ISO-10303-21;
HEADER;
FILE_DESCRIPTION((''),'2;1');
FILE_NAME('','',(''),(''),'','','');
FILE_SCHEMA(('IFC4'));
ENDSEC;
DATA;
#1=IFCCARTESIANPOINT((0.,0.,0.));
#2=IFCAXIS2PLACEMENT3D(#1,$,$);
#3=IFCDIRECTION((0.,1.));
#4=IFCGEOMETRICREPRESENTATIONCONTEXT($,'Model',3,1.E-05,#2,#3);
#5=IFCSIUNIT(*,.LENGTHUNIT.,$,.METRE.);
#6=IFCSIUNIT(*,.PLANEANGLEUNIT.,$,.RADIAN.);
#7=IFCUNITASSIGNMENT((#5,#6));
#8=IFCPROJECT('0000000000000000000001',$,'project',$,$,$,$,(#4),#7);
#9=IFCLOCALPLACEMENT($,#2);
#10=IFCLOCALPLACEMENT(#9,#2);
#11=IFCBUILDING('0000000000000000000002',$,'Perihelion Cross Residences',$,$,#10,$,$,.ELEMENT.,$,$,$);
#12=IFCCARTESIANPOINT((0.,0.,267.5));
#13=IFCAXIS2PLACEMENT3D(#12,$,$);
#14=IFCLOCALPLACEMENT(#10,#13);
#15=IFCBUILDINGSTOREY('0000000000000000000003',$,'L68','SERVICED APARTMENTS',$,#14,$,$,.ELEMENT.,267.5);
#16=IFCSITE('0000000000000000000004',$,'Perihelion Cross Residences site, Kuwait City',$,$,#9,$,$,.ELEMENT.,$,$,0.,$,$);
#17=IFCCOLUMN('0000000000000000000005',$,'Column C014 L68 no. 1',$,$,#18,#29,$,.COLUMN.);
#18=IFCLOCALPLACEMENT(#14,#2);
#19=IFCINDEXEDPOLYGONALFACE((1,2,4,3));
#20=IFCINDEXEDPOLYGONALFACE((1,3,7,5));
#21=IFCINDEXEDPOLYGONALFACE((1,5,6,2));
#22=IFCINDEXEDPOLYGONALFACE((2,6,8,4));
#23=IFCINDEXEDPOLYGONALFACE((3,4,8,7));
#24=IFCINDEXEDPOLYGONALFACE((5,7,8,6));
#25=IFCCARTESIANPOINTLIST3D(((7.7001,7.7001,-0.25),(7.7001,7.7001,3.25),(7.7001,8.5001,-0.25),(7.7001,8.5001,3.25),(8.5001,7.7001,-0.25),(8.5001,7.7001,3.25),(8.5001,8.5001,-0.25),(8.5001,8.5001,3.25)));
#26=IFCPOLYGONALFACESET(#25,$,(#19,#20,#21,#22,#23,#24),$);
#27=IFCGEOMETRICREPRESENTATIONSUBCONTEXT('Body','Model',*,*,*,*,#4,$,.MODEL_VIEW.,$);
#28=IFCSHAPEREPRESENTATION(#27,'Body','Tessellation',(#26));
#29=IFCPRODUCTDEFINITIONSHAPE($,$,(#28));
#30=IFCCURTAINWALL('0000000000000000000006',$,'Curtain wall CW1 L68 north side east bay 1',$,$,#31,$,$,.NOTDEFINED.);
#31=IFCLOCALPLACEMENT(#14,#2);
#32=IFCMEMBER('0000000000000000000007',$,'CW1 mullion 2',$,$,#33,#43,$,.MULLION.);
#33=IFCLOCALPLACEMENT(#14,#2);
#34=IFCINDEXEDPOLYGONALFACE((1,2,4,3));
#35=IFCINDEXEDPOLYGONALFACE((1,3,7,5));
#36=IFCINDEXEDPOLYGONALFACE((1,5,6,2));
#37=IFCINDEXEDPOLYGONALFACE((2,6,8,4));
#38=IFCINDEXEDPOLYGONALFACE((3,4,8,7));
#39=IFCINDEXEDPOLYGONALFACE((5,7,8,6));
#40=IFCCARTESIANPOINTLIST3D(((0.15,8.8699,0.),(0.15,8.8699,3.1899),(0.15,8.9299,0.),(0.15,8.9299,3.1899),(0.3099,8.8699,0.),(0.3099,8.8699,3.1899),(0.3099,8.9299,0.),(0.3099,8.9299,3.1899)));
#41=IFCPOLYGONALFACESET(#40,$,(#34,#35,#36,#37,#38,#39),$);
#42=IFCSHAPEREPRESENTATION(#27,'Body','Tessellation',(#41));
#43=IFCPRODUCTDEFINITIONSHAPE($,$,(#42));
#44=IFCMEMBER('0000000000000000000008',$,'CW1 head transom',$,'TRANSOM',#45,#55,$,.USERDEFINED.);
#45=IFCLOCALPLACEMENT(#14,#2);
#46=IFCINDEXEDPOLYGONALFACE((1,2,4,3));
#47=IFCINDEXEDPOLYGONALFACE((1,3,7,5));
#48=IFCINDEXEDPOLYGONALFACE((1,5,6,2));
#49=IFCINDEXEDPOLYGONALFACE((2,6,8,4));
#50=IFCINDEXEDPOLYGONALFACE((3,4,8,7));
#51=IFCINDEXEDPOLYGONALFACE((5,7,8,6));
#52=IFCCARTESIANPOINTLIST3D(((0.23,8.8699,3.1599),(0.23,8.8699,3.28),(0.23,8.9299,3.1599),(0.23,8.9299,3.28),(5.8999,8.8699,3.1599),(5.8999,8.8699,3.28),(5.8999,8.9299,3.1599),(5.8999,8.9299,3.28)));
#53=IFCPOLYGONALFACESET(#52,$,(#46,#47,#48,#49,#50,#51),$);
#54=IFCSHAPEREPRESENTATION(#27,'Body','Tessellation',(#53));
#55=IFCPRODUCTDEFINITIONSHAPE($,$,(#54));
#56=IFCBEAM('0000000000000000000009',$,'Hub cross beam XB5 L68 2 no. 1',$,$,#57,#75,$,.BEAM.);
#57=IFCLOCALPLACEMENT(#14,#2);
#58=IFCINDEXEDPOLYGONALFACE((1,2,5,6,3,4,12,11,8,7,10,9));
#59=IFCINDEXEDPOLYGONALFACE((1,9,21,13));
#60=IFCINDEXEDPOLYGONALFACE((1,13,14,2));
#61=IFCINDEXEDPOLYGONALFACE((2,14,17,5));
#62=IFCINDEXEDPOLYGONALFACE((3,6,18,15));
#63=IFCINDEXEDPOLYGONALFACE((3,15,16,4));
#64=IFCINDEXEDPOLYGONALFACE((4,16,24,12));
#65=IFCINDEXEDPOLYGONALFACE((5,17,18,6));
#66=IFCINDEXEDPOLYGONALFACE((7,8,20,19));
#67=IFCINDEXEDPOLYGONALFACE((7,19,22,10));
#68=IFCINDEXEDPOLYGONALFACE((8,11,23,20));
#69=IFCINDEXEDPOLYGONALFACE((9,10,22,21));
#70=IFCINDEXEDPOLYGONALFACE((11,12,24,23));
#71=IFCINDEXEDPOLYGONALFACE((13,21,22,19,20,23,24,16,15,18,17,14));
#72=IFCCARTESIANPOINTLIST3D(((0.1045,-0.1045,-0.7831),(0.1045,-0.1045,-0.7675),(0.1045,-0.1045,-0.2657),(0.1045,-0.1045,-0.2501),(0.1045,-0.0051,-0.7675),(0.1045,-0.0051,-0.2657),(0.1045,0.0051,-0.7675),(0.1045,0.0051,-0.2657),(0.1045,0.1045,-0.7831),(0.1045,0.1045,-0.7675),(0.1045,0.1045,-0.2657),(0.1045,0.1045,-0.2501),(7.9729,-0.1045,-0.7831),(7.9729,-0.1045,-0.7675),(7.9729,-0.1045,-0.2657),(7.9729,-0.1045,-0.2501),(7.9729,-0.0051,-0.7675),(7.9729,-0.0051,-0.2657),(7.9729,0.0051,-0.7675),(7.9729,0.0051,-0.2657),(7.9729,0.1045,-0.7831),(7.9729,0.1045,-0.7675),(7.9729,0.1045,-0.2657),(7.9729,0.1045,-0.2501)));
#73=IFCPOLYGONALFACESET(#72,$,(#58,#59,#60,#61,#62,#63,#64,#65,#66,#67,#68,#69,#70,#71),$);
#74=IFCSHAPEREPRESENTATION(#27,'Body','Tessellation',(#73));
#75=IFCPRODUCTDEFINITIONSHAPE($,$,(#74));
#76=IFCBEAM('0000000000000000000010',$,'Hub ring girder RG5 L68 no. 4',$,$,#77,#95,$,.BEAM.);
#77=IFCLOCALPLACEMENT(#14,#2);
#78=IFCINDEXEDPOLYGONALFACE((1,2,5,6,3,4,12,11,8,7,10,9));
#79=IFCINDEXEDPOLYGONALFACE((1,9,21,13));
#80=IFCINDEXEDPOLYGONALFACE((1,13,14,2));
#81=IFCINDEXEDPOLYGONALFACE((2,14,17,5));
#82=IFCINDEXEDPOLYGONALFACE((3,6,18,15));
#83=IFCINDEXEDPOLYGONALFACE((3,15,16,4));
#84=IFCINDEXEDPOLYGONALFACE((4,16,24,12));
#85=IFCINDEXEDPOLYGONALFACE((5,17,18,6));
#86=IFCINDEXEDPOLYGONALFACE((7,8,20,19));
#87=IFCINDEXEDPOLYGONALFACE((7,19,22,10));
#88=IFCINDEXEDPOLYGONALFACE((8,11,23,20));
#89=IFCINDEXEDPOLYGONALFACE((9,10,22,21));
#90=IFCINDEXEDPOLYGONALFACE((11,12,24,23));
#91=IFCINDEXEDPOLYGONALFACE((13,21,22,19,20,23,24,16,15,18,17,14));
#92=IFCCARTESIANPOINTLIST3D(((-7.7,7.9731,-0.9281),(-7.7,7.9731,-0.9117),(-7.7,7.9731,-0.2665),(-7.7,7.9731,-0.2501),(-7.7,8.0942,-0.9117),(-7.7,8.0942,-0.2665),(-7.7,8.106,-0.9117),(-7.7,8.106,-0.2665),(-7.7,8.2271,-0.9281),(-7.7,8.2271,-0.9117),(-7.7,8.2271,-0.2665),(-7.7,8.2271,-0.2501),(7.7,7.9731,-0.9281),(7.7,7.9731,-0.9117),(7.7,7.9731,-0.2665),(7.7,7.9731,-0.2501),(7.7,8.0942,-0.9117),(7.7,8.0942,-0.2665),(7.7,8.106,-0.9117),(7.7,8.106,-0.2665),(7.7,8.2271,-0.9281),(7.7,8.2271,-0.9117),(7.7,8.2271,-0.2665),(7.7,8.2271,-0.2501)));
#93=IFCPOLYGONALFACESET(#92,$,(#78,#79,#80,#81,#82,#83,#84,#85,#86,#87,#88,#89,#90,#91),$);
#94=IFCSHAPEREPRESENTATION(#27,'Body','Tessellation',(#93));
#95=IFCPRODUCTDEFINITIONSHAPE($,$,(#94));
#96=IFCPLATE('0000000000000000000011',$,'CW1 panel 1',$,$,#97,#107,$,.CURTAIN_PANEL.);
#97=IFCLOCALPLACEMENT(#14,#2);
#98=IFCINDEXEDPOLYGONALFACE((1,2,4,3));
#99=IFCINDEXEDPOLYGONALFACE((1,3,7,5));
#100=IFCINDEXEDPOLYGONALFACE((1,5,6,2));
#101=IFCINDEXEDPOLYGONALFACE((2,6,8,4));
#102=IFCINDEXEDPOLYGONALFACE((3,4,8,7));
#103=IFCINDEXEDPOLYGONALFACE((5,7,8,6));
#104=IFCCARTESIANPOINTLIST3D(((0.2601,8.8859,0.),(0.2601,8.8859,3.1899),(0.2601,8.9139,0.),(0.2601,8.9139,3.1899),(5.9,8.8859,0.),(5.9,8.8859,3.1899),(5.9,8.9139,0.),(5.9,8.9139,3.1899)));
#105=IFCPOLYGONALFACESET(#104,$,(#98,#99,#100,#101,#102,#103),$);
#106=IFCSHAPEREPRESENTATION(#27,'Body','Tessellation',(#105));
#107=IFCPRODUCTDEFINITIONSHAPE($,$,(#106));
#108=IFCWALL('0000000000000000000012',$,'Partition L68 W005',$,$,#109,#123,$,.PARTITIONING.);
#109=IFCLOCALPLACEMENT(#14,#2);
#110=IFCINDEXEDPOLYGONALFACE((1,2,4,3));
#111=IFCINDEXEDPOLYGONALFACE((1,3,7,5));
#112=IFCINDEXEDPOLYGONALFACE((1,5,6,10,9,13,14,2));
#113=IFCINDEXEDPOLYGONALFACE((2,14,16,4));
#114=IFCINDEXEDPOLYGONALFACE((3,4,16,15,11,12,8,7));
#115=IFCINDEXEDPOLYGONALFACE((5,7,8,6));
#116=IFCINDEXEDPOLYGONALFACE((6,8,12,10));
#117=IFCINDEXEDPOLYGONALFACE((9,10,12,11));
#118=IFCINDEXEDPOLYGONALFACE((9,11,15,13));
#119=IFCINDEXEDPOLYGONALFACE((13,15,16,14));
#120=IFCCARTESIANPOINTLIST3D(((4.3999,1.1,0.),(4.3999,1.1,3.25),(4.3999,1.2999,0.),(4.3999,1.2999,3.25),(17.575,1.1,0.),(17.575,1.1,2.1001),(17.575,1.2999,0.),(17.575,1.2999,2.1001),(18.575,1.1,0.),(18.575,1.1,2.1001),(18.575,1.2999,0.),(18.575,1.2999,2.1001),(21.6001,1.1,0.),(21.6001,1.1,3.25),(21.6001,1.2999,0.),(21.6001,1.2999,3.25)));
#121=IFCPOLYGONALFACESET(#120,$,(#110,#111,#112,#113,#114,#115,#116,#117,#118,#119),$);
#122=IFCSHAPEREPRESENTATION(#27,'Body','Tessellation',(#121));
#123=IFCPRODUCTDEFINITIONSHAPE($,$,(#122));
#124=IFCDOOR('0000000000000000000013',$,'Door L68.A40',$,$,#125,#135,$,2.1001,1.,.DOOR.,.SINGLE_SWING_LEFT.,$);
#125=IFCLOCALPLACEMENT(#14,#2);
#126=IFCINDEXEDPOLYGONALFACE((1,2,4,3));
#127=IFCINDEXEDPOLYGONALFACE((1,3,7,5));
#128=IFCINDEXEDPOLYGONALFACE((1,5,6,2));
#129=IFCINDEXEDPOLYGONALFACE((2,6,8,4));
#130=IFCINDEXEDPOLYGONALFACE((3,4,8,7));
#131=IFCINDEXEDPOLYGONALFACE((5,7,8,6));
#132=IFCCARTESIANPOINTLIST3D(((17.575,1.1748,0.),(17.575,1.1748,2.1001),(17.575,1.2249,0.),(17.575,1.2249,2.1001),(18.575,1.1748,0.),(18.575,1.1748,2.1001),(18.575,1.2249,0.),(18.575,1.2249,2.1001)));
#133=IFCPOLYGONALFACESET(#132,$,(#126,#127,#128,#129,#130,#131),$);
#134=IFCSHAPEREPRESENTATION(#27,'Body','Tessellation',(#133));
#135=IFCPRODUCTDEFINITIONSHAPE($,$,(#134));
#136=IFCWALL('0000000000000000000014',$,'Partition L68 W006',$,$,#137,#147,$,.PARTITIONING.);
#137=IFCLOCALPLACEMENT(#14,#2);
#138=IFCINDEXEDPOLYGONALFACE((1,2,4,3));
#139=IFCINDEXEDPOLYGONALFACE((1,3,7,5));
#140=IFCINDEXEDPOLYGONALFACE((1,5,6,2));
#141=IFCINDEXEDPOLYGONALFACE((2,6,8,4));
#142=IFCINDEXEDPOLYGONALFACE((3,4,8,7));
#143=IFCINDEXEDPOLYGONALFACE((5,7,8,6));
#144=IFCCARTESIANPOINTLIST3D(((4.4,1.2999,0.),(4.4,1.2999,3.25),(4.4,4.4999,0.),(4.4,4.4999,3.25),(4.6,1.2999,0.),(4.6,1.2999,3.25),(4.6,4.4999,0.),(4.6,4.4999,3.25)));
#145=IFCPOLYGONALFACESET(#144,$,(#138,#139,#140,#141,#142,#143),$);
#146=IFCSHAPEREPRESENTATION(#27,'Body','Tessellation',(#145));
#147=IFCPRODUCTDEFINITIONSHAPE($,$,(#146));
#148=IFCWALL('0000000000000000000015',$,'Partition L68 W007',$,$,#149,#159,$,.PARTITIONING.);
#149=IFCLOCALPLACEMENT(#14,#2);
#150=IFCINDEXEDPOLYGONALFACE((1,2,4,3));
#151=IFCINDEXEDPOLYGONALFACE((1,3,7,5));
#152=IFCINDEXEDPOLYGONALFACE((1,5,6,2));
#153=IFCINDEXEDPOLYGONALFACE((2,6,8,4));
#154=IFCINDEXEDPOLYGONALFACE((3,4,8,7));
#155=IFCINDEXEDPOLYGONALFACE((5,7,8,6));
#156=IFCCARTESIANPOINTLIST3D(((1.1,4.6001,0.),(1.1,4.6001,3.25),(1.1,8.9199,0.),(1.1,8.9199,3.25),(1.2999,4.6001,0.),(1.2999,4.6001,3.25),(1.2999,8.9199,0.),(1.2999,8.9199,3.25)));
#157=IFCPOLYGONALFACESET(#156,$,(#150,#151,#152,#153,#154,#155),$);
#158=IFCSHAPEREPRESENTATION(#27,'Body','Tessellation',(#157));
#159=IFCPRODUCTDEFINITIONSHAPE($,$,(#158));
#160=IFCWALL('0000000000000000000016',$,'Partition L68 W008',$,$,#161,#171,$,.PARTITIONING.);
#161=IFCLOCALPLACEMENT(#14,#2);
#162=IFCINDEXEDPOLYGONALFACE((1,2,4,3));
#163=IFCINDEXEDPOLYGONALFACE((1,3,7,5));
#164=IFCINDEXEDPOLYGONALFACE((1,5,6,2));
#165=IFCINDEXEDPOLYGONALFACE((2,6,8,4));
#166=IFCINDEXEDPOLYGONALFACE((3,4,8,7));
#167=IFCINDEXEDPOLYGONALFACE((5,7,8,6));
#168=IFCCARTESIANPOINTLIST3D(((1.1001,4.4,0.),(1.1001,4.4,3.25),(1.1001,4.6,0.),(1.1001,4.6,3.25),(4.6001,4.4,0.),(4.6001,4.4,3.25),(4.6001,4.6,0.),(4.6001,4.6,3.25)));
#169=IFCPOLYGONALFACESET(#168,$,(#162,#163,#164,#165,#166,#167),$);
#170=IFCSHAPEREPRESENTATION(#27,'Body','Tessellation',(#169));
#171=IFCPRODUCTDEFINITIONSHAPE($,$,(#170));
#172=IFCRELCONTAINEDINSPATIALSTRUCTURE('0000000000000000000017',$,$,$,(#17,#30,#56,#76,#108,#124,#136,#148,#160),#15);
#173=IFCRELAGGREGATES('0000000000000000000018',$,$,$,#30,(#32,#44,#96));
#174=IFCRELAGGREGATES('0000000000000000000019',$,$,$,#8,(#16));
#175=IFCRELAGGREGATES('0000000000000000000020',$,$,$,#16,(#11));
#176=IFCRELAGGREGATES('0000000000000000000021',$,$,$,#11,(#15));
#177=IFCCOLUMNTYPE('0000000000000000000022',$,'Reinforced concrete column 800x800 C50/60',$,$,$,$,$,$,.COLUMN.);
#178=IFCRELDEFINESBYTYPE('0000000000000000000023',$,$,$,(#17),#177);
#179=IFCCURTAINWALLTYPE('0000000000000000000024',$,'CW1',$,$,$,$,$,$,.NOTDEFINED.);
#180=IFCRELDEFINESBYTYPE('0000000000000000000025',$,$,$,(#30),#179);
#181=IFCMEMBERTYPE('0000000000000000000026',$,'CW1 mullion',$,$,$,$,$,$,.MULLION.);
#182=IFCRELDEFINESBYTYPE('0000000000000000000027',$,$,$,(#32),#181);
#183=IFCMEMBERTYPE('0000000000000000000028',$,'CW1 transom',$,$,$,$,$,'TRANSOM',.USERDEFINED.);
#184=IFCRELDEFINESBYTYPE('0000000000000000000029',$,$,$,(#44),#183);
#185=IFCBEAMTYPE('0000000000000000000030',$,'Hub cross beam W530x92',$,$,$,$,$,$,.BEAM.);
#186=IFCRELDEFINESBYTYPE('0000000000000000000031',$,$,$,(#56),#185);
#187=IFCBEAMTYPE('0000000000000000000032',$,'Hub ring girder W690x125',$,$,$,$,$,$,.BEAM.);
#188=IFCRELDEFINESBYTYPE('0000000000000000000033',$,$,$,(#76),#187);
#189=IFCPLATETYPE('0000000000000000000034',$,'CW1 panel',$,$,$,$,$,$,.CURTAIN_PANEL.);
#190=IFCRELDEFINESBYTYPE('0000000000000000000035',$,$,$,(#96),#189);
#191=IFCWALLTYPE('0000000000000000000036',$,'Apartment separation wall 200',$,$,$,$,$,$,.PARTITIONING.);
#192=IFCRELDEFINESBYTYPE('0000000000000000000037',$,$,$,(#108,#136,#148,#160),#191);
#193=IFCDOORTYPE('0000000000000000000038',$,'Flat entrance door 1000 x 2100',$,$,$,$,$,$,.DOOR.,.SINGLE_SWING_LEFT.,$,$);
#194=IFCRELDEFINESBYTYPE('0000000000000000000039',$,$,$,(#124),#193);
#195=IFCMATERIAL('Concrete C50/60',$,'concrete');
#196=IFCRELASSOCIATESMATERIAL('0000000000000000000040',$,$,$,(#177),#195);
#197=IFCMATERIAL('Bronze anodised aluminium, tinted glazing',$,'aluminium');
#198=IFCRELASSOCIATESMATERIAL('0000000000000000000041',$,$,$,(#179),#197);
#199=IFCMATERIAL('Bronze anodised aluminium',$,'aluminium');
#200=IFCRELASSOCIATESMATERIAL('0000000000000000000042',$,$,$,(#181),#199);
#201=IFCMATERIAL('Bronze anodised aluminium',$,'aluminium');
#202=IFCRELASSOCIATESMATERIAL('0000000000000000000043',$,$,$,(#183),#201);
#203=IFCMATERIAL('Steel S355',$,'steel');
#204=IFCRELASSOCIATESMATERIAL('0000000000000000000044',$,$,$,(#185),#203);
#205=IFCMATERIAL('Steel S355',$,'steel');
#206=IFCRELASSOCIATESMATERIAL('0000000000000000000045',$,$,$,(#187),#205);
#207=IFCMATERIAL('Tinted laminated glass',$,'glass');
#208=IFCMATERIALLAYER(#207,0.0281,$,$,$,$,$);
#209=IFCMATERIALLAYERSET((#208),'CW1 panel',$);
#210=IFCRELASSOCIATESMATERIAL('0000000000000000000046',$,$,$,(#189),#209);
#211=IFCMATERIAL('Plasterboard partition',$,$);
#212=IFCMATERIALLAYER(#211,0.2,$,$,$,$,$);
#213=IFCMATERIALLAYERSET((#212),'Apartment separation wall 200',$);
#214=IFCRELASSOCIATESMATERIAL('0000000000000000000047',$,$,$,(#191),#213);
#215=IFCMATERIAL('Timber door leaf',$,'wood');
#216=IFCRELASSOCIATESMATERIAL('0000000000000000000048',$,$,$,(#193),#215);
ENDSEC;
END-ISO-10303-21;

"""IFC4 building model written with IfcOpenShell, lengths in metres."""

from ifc_helpers import new_model, si_unit, direction, frame, frame_2d, origin, origin_2d, place, context, subcontext, project, spatial, rectangle, i_section, extrude, material, layer, layer_set, material_profile, profile_set, type_object, element, fill, aggregate, save


model = new_model("IFC4")

# Units and contexts
model_context = context("Model", 3, precision=1e-05, world=origin(), true_north=direction((0.0, 1.0)))
body_context = subcontext(model_context, "Body", "Model", "MODEL_VIEW")
ifc_project = project(units=[si_unit("LENGTHUNIT", "METRE"), si_unit("PLANEANGLEUNIT", "RADIAN")], contexts=[model_context])

# Site, building, storey
site_placement = place(None, origin())
site = spatial("IfcSite", under=ifc_project, at=site_placement, Name="Perihelion Cross Residences site, Kuwait City", CompositionType="ELEMENT", RefElevation=0.0)
building_placement = place(site_placement, origin())
building = spatial("IfcBuilding", under=site, at=building_placement, Name="Perihelion Cross Residences", CompositionType="ELEMENT")
storey_placement = place(building_placement, frame((0.0, 0.0, 267.5)))
storey = spatial("IfcBuildingStorey", under=building, at=storey_placement, Name="L68", Description="SERVICED APARTMENTS", CompositionType="ELEMENT", Elevation=267.5)

# Column
ifc_material_1 = material(Name="Concrete C50/60", Category="concrete")
ifc_material_profile_1 = material_profile(ifc_material_1, rectangle(XDim=0.8, YDim=0.8, at=origin_2d()), Name="RC 800x800")
ifc_profile_set_1 = profile_set([ifc_material_profile_1], Name="Concrete C50/60")
column_type = type_object("IfcColumnType", Name="Reinforced concrete column 800x800 C50/60", PredefinedType="COLUMN", material=ifc_profile_set_1)
column_placement = place(storey_placement, frame((8.1001, 8.1001, -0.25), z_axis=(0.0, 0.0, 1.0), x_axis=(1.0, 0.0, 0.0)))
element("IfcColumn", 1, at=column_placement, inside=storey, type_object=column_type, Name="Column C014 L68 no. 1", PredefinedType="COLUMN", context=body_context, shape_type="SweptSolid", body=[
    extrude(rectangle(XDim=0.8, YDim=0.8, at=origin_2d()), origin(), (0.0, 0.0, 1.0), 3.5),
])

# Curtain wall, members
ifc_material_2 = material(Name="Bronze anodised aluminium, tinted glazing", Category="aluminium")
curtain_wall_type = type_object("IfcCurtainWallType", Name="CW1", PredefinedType="NOTDEFINED", material=ifc_material_2)
curtain_wall_placement = place(storey_placement, origin())
curtain_wall = element("IfcCurtainWall", 2, at=curtain_wall_placement, inside=storey, type_object=curtain_wall_type, Name="Curtain wall CW1 L68 north side east bay 1", PredefinedType="NOTDEFINED")
ifc_material_3 = material(Name="Bronze anodised aluminium", Category="aluminium")
ifc_material_profile_2 = material_profile(ifc_material_3, rectangle(XDim=0.0601, YDim=0.1599, at=origin_2d()), Name="CW1 mullion")
ifc_profile_set_2 = profile_set([ifc_material_profile_2], Name="Bronze anodised aluminium")
member_type_1 = type_object("IfcMemberType", Name="CW1 mullion", PredefinedType="MULLION", material=ifc_profile_set_2)
member_1_placement = place(storey_placement, frame((0.23, 8.8999, 0.0), z_axis=(0.0, 0.0, 1.0), x_axis=(0.0, -1.0, 0.0)))
member_1 = element("IfcMember", 3, at=member_1_placement, type_object=member_type_1, Name="CW1 mullion 2", PredefinedType="MULLION", context=body_context, shape_type="SweptSolid", body=[
    extrude(rectangle(XDim=0.0601, YDim=0.1599, at=origin_2d()), origin(), (0.0, 0.0, 1.0), 3.1899),
])
ifc_material_4 = material(Name="Bronze anodised aluminium", Category="aluminium")
ifc_material_profile_3 = material_profile(ifc_material_4, rectangle(XDim=0.0601, YDim=0.1201, at=origin_2d()), Name="CW1 transom")
ifc_profile_set_3 = profile_set([ifc_material_profile_3], Name="Bronze anodised aluminium")
member_type_2 = type_object("IfcMemberType", Name="CW1 transom", ElementType="TRANSOM", PredefinedType="USERDEFINED", material=ifc_profile_set_3)
member_2_placement = place(storey_placement, frame((5.8999, 8.8999, 3.22), z_axis=(-1.0, 0.0, 0.0), x_axis=(0.0, -1.0, 0.0)))
member_2 = element("IfcMember", 4, at=member_2_placement, type_object=member_type_2, Name="CW1 head transom", ObjectType="TRANSOM", PredefinedType="USERDEFINED", context=body_context, shape_type="SweptSolid", body=[
    extrude(rectangle(XDim=0.0601, YDim=0.1201, at=origin_2d()), origin(), (0.0, 0.0, 1.0), 5.6699),
])

# Beams
ifc_material_5 = material(Name="Steel S355", Category="steel")
ifc_material_profile_4 = material_profile(ifc_material_5, i_section(OverallWidth=0.209, OverallDepth=0.533, WebThickness=0.0103, FlangeThickness=0.0156, at=origin_2d()), Name="W530x92")
ifc_profile_set_4 = profile_set([ifc_material_profile_4], Name="Steel S355")
beam_type_1 = type_object("IfcBeamType", Name="Hub cross beam W530x92", PredefinedType="BEAM", material=ifc_profile_set_4)
beam_1_placement = place(storey_placement, frame((0.1045, 0.0, -0.5166), z_axis=(1.0, 0.0, 0.0), x_axis=(0.0, 1.0, 0.0)))
element("IfcBeam", 5, at=beam_1_placement, inside=storey, type_object=beam_type_1, Name="Hub cross beam XB5 L68 2 no. 1", PredefinedType="BEAM", context=body_context, shape_type="SweptSolid", body=[
    extrude(i_section(OverallWidth=0.209, OverallDepth=0.533, WebThickness=0.0103, FlangeThickness=0.0156, at=origin_2d()), origin(), (0.0, 0.0, 1.0), 7.8684),
])
ifc_material_6 = material(Name="Steel S355", Category="steel")
ifc_material_profile_5 = material_profile(ifc_material_6, i_section(OverallWidth=0.2539, OverallDepth=0.678, WebThickness=0.0117, FlangeThickness=0.0164, at=origin_2d()), Name="W690x125")
ifc_profile_set_5 = profile_set([ifc_material_profile_5], Name="Steel S355")
beam_type_2 = type_object("IfcBeamType", Name="Hub ring girder W690x125", PredefinedType="BEAM", material=ifc_profile_set_5)
beam_2_placement = place(storey_placement, frame((7.7, 8.1001, -0.5891), z_axis=(-1.0, 0.0, 0.0), x_axis=(0.0, -1.0, 0.0)))
element("IfcBeam", 6, at=beam_2_placement, inside=storey, type_object=beam_type_2, Name="Hub ring girder RG5 L68 no. 4", PredefinedType="BEAM", context=body_context, shape_type="SweptSolid", body=[
    extrude(i_section(OverallWidth=0.2539, OverallDepth=0.678, WebThickness=0.0117, FlangeThickness=0.0164, at=origin_2d()), origin(), (0.0, 0.0, 1.0), 15.3999),
])

# Plate
ifc_material_7 = material(Name="Tinted laminated glass", Category="glass")
ifc_layer_1 = layer(ifc_material_7, 0.0281)
ifc_layer_set_1 = layer_set([ifc_layer_1], Name="CW1 panel")
plate_type = type_object("IfcPlateType", Name="CW1 panel", PredefinedType="CURTAIN_PANEL", material=ifc_layer_set_1)
plate_placement = place(storey_placement, frame((3.0801, 8.8999, 0.0), z_axis=(0.0, 0.0, 1.0), x_axis=(-1.0, 0.0, 0.0)))
plate = element("IfcPlate", 7, at=plate_placement, type_object=plate_type, Name="CW1 panel 1", PredefinedType="CURTAIN_PANEL", context=body_context, shape_type="SweptSolid", body=[
    extrude(rectangle(XDim=5.6399, YDim=0.0281, at=origin_2d()), origin(), (0.0, 0.0, 1.0), 3.1899),
])
aggregate(curtain_wall, [member_1, member_2, plate])

# Wall, opening, door
ifc_material_8 = material(Name="Plasterboard partition")
ifc_layer_2 = layer(ifc_material_8, 0.2)
ifc_layer_set_2 = layer_set([ifc_layer_2], Name="Apartment separation wall 200")
wall_type_1 = type_object("IfcWallType", Name="Apartment separation wall 200", PredefinedType="PARTITIONING", material=ifc_layer_set_2)
wall_1_placement = place(storey_placement, frame((4.3999, 1.2, 0.0), z_axis=(0.0, 0.0, 1.0), x_axis=(1.0, 0.0, 0.0)))
wall_1 = element("IfcWall", 8, at=wall_1_placement, inside=storey, type_object=wall_type_1, Name="Partition L68 W005", PredefinedType="PARTITIONING", context=body_context, shape_type="SweptSolid", body=[
    extrude(rectangle(XDim=17.2002, YDim=0.2, at=frame_2d((8.6001, 0.0))), origin(), (0.0, 0.0, 1.0), 3.25),
])
opening_1_placement = place(wall_1_placement, frame((13.175, 0.0, 0.0)))
opening_1 = element("IfcOpeningElement", 9, at=opening_1_placement, cuts=wall_1, PredefinedType="OPENING", context=body_context, shape_type="SweptSolid", body=[
    extrude(rectangle(XDim=1.0, YDim=2.1001, at=frame_2d((0.5, 1.05))), frame((0.0, 0.1099, 0.0), z_axis=(0.0, -1.0, 0.0), x_axis=(1.0, 0.0, 0.0)), (0.0, 0.0, 1.0), 0.22),
])
ifc_material_9 = material(Name="Timber door leaf", Category="wood")
door_type_1 = type_object("IfcDoorType", Name="Flat entrance door 1000 x 2100", OperationType="SINGLE_SWING_LEFT", PredefinedType="DOOR", material=ifc_material_9)
door_1_placement = place(opening_1_placement, origin())
door_1 = element("IfcDoor", 10, at=door_1_placement, inside=storey, type_object=door_type_1, Name="Door L68.A40", OperationType="SINGLE_SWING_LEFT", OverallHeight=2.1001, OverallWidth=1.0, PredefinedType="DOOR", context=body_context, shape_type="SweptSolid", body=[
    extrude(rectangle(XDim=1.0, YDim=2.1001, at=frame_2d((0.5, 1.05))), frame((0.0, 0.0249, 0.0), z_axis=(0.0, -1.0, 0.0), x_axis=(1.0, 0.0, 0.0)), (0.0, 0.0, 1.0), 0.05),
])
fill(opening_1, door_1)

# Walls
wall_2_placement = place(storey_placement, frame((4.5, 4.5, 0.0), z_axis=(0.0, 0.0, 1.0), x_axis=(0.0, -1.0, 0.0)))
element("IfcWall", 11, at=wall_2_placement, inside=storey, type_object=wall_type_1, Name="Partition L68 W006", PredefinedType="PARTITIONING", context=body_context, shape_type="SweptSolid", body=[
    extrude(rectangle(XDim=3.2, YDim=0.2, at=frame_2d((1.6001, 0.0))), origin(), (0.0, 0.0, 1.0), 3.25),
])
wall_3_placement = place(storey_placement, frame((1.2, 8.9199, 0.0), z_axis=(0.0, 0.0, 1.0), x_axis=(0.0, -1.0, 0.0)))
element("IfcWall", 12, at=wall_3_placement, inside=storey, type_object=wall_type_1, Name="Partition L68 W007", PredefinedType="PARTITIONING", context=body_context, shape_type="SweptSolid", body=[
    extrude(rectangle(XDim=4.3198, YDim=0.2, at=frame_2d((2.1599, 0.0))), origin(), (0.0, 0.0, 1.0), 3.25),
])
wall_4_placement = place(storey_placement, frame((1.1001, 4.5, 0.0), z_axis=(0.0, 0.0, 1.0), x_axis=(1.0, 0.0, 0.0)))
element("IfcWall", 13, at=wall_4_placement, inside=storey, type_object=wall_type_1, Name="Partition L68 W008", PredefinedType="PARTITIONING", context=body_context, shape_type="SweptSolid", body=[
    extrude(rectangle(XDim=3.5, YDim=0.2, at=frame_2d((1.75, 0.0))), origin(), (0.0, 0.0, 1.0), 3.25),
])

save(model, "model.ifc")
